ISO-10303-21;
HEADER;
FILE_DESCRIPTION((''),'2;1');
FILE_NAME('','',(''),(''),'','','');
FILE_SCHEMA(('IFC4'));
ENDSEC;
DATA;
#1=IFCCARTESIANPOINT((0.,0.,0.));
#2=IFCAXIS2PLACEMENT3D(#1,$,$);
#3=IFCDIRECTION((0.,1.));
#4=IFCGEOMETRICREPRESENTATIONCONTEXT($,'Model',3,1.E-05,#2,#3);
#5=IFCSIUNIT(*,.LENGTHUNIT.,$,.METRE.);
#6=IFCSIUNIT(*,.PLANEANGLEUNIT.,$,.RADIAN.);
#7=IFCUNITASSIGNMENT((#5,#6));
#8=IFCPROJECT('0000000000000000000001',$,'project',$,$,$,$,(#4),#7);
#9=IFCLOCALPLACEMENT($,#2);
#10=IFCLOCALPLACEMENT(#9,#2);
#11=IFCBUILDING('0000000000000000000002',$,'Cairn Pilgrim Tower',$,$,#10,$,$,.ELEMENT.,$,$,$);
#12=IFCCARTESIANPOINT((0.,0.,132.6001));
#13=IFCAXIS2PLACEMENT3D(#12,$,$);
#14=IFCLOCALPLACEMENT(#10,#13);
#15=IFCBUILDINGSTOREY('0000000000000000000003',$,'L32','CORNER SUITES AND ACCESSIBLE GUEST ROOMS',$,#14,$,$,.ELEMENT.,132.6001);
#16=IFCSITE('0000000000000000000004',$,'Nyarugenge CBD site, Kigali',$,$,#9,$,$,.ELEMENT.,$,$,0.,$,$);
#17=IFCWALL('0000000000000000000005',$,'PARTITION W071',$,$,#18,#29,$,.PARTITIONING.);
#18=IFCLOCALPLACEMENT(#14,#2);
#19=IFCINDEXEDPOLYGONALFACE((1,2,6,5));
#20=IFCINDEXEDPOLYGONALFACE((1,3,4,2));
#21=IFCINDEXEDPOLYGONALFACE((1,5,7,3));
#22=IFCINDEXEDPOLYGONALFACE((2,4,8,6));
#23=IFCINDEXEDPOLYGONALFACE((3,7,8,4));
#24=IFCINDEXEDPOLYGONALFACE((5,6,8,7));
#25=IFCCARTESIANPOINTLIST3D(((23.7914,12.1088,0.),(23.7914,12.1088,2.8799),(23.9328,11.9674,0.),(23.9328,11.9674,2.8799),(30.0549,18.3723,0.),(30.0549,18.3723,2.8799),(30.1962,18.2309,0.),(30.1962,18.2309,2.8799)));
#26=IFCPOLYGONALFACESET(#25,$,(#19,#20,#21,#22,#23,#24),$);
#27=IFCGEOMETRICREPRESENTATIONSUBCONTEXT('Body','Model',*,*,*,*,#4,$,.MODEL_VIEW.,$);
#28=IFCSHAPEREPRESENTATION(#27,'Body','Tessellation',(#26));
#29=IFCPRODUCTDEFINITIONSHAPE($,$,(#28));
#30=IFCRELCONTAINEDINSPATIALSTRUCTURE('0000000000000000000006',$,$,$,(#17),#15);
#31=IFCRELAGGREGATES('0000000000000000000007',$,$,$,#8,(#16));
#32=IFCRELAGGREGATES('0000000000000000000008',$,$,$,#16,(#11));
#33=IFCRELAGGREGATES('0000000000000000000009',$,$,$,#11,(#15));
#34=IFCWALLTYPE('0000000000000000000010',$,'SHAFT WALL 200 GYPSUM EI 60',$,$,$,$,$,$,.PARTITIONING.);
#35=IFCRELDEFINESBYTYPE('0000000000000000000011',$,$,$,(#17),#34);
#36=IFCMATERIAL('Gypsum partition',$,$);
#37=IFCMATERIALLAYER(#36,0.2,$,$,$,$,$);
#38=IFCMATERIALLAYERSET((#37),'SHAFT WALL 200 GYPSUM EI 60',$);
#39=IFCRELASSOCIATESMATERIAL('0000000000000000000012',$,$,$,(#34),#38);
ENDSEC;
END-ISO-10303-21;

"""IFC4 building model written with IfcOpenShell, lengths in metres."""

from ifc_helpers import new_model, si_unit, direction, frame, frame_2d, origin, place, context, subcontext, project, spatial, rectangle, extrude, material, layer, layer_set, type_object, element, save


model = new_model("IFC4")

# Units and contexts
model_context = context("Model", 3, precision=1e-05, world=origin(), true_north=direction((0.0, 1.0)))
body_context = subcontext(model_context, "Body", "Model", "MODEL_VIEW")
ifc_project = project(units=[si_unit("LENGTHUNIT", "METRE"), si_unit("PLANEANGLEUNIT", "RADIAN")], contexts=[model_context])

# Site, building, storey
site_placement = place(None, origin())
site = spatial("IfcSite", under=ifc_project, at=site_placement, Name="Nyarugenge CBD site, Kigali", CompositionType="ELEMENT", RefElevation=0.0)
building_placement = place(site_placement, origin())
building = spatial("IfcBuilding", under=site, at=building_placement, Name="Cairn Pilgrim Tower", CompositionType="ELEMENT")
storey_placement = place(building_placement, frame((0.0, 0.0, 132.6001)))
storey = spatial("IfcBuildingStorey", under=building, at=storey_placement, Name="L32", Description="CORNER SUITES AND ACCESSIBLE GUEST ROOMS", CompositionType="ELEMENT", Elevation=132.6001)

# Shared definitions
ifc_material_1 = material(Name="Gypsum partition")

# Wall
ifc_layer_1 = layer(ifc_material_1, 0.2)
ifc_layer_set_1 = layer_set([ifc_layer_1], Name="SHAFT WALL 200 GYPSUM EI 60")
wall_type_1 = type_object("IfcWallType", Name="SHAFT WALL 200 GYPSUM EI 60", PredefinedType="PARTITIONING", material=ifc_layer_set_1)
wall_1_placement = place(storey_placement, frame((23.8621, 12.0381, 0.0), z_axis=(0.0, 0.0, 1.0), x_axis=(0.707107, 0.707107, 0.0)))
element("IfcWall", 1, at=wall_1_placement, inside=storey, type_object=wall_type_1, Name="PARTITION W071", PredefinedType="PARTITIONING", context=body_context, shape_type="SweptSolid", body=[
    extrude(rectangle(XDim=8.8579, YDim=0.2, at=frame_2d((4.429, 0.0))), origin(), (0.0, 0.0, 1.0), 2.8799),
])

save(model, "model.ifc")
